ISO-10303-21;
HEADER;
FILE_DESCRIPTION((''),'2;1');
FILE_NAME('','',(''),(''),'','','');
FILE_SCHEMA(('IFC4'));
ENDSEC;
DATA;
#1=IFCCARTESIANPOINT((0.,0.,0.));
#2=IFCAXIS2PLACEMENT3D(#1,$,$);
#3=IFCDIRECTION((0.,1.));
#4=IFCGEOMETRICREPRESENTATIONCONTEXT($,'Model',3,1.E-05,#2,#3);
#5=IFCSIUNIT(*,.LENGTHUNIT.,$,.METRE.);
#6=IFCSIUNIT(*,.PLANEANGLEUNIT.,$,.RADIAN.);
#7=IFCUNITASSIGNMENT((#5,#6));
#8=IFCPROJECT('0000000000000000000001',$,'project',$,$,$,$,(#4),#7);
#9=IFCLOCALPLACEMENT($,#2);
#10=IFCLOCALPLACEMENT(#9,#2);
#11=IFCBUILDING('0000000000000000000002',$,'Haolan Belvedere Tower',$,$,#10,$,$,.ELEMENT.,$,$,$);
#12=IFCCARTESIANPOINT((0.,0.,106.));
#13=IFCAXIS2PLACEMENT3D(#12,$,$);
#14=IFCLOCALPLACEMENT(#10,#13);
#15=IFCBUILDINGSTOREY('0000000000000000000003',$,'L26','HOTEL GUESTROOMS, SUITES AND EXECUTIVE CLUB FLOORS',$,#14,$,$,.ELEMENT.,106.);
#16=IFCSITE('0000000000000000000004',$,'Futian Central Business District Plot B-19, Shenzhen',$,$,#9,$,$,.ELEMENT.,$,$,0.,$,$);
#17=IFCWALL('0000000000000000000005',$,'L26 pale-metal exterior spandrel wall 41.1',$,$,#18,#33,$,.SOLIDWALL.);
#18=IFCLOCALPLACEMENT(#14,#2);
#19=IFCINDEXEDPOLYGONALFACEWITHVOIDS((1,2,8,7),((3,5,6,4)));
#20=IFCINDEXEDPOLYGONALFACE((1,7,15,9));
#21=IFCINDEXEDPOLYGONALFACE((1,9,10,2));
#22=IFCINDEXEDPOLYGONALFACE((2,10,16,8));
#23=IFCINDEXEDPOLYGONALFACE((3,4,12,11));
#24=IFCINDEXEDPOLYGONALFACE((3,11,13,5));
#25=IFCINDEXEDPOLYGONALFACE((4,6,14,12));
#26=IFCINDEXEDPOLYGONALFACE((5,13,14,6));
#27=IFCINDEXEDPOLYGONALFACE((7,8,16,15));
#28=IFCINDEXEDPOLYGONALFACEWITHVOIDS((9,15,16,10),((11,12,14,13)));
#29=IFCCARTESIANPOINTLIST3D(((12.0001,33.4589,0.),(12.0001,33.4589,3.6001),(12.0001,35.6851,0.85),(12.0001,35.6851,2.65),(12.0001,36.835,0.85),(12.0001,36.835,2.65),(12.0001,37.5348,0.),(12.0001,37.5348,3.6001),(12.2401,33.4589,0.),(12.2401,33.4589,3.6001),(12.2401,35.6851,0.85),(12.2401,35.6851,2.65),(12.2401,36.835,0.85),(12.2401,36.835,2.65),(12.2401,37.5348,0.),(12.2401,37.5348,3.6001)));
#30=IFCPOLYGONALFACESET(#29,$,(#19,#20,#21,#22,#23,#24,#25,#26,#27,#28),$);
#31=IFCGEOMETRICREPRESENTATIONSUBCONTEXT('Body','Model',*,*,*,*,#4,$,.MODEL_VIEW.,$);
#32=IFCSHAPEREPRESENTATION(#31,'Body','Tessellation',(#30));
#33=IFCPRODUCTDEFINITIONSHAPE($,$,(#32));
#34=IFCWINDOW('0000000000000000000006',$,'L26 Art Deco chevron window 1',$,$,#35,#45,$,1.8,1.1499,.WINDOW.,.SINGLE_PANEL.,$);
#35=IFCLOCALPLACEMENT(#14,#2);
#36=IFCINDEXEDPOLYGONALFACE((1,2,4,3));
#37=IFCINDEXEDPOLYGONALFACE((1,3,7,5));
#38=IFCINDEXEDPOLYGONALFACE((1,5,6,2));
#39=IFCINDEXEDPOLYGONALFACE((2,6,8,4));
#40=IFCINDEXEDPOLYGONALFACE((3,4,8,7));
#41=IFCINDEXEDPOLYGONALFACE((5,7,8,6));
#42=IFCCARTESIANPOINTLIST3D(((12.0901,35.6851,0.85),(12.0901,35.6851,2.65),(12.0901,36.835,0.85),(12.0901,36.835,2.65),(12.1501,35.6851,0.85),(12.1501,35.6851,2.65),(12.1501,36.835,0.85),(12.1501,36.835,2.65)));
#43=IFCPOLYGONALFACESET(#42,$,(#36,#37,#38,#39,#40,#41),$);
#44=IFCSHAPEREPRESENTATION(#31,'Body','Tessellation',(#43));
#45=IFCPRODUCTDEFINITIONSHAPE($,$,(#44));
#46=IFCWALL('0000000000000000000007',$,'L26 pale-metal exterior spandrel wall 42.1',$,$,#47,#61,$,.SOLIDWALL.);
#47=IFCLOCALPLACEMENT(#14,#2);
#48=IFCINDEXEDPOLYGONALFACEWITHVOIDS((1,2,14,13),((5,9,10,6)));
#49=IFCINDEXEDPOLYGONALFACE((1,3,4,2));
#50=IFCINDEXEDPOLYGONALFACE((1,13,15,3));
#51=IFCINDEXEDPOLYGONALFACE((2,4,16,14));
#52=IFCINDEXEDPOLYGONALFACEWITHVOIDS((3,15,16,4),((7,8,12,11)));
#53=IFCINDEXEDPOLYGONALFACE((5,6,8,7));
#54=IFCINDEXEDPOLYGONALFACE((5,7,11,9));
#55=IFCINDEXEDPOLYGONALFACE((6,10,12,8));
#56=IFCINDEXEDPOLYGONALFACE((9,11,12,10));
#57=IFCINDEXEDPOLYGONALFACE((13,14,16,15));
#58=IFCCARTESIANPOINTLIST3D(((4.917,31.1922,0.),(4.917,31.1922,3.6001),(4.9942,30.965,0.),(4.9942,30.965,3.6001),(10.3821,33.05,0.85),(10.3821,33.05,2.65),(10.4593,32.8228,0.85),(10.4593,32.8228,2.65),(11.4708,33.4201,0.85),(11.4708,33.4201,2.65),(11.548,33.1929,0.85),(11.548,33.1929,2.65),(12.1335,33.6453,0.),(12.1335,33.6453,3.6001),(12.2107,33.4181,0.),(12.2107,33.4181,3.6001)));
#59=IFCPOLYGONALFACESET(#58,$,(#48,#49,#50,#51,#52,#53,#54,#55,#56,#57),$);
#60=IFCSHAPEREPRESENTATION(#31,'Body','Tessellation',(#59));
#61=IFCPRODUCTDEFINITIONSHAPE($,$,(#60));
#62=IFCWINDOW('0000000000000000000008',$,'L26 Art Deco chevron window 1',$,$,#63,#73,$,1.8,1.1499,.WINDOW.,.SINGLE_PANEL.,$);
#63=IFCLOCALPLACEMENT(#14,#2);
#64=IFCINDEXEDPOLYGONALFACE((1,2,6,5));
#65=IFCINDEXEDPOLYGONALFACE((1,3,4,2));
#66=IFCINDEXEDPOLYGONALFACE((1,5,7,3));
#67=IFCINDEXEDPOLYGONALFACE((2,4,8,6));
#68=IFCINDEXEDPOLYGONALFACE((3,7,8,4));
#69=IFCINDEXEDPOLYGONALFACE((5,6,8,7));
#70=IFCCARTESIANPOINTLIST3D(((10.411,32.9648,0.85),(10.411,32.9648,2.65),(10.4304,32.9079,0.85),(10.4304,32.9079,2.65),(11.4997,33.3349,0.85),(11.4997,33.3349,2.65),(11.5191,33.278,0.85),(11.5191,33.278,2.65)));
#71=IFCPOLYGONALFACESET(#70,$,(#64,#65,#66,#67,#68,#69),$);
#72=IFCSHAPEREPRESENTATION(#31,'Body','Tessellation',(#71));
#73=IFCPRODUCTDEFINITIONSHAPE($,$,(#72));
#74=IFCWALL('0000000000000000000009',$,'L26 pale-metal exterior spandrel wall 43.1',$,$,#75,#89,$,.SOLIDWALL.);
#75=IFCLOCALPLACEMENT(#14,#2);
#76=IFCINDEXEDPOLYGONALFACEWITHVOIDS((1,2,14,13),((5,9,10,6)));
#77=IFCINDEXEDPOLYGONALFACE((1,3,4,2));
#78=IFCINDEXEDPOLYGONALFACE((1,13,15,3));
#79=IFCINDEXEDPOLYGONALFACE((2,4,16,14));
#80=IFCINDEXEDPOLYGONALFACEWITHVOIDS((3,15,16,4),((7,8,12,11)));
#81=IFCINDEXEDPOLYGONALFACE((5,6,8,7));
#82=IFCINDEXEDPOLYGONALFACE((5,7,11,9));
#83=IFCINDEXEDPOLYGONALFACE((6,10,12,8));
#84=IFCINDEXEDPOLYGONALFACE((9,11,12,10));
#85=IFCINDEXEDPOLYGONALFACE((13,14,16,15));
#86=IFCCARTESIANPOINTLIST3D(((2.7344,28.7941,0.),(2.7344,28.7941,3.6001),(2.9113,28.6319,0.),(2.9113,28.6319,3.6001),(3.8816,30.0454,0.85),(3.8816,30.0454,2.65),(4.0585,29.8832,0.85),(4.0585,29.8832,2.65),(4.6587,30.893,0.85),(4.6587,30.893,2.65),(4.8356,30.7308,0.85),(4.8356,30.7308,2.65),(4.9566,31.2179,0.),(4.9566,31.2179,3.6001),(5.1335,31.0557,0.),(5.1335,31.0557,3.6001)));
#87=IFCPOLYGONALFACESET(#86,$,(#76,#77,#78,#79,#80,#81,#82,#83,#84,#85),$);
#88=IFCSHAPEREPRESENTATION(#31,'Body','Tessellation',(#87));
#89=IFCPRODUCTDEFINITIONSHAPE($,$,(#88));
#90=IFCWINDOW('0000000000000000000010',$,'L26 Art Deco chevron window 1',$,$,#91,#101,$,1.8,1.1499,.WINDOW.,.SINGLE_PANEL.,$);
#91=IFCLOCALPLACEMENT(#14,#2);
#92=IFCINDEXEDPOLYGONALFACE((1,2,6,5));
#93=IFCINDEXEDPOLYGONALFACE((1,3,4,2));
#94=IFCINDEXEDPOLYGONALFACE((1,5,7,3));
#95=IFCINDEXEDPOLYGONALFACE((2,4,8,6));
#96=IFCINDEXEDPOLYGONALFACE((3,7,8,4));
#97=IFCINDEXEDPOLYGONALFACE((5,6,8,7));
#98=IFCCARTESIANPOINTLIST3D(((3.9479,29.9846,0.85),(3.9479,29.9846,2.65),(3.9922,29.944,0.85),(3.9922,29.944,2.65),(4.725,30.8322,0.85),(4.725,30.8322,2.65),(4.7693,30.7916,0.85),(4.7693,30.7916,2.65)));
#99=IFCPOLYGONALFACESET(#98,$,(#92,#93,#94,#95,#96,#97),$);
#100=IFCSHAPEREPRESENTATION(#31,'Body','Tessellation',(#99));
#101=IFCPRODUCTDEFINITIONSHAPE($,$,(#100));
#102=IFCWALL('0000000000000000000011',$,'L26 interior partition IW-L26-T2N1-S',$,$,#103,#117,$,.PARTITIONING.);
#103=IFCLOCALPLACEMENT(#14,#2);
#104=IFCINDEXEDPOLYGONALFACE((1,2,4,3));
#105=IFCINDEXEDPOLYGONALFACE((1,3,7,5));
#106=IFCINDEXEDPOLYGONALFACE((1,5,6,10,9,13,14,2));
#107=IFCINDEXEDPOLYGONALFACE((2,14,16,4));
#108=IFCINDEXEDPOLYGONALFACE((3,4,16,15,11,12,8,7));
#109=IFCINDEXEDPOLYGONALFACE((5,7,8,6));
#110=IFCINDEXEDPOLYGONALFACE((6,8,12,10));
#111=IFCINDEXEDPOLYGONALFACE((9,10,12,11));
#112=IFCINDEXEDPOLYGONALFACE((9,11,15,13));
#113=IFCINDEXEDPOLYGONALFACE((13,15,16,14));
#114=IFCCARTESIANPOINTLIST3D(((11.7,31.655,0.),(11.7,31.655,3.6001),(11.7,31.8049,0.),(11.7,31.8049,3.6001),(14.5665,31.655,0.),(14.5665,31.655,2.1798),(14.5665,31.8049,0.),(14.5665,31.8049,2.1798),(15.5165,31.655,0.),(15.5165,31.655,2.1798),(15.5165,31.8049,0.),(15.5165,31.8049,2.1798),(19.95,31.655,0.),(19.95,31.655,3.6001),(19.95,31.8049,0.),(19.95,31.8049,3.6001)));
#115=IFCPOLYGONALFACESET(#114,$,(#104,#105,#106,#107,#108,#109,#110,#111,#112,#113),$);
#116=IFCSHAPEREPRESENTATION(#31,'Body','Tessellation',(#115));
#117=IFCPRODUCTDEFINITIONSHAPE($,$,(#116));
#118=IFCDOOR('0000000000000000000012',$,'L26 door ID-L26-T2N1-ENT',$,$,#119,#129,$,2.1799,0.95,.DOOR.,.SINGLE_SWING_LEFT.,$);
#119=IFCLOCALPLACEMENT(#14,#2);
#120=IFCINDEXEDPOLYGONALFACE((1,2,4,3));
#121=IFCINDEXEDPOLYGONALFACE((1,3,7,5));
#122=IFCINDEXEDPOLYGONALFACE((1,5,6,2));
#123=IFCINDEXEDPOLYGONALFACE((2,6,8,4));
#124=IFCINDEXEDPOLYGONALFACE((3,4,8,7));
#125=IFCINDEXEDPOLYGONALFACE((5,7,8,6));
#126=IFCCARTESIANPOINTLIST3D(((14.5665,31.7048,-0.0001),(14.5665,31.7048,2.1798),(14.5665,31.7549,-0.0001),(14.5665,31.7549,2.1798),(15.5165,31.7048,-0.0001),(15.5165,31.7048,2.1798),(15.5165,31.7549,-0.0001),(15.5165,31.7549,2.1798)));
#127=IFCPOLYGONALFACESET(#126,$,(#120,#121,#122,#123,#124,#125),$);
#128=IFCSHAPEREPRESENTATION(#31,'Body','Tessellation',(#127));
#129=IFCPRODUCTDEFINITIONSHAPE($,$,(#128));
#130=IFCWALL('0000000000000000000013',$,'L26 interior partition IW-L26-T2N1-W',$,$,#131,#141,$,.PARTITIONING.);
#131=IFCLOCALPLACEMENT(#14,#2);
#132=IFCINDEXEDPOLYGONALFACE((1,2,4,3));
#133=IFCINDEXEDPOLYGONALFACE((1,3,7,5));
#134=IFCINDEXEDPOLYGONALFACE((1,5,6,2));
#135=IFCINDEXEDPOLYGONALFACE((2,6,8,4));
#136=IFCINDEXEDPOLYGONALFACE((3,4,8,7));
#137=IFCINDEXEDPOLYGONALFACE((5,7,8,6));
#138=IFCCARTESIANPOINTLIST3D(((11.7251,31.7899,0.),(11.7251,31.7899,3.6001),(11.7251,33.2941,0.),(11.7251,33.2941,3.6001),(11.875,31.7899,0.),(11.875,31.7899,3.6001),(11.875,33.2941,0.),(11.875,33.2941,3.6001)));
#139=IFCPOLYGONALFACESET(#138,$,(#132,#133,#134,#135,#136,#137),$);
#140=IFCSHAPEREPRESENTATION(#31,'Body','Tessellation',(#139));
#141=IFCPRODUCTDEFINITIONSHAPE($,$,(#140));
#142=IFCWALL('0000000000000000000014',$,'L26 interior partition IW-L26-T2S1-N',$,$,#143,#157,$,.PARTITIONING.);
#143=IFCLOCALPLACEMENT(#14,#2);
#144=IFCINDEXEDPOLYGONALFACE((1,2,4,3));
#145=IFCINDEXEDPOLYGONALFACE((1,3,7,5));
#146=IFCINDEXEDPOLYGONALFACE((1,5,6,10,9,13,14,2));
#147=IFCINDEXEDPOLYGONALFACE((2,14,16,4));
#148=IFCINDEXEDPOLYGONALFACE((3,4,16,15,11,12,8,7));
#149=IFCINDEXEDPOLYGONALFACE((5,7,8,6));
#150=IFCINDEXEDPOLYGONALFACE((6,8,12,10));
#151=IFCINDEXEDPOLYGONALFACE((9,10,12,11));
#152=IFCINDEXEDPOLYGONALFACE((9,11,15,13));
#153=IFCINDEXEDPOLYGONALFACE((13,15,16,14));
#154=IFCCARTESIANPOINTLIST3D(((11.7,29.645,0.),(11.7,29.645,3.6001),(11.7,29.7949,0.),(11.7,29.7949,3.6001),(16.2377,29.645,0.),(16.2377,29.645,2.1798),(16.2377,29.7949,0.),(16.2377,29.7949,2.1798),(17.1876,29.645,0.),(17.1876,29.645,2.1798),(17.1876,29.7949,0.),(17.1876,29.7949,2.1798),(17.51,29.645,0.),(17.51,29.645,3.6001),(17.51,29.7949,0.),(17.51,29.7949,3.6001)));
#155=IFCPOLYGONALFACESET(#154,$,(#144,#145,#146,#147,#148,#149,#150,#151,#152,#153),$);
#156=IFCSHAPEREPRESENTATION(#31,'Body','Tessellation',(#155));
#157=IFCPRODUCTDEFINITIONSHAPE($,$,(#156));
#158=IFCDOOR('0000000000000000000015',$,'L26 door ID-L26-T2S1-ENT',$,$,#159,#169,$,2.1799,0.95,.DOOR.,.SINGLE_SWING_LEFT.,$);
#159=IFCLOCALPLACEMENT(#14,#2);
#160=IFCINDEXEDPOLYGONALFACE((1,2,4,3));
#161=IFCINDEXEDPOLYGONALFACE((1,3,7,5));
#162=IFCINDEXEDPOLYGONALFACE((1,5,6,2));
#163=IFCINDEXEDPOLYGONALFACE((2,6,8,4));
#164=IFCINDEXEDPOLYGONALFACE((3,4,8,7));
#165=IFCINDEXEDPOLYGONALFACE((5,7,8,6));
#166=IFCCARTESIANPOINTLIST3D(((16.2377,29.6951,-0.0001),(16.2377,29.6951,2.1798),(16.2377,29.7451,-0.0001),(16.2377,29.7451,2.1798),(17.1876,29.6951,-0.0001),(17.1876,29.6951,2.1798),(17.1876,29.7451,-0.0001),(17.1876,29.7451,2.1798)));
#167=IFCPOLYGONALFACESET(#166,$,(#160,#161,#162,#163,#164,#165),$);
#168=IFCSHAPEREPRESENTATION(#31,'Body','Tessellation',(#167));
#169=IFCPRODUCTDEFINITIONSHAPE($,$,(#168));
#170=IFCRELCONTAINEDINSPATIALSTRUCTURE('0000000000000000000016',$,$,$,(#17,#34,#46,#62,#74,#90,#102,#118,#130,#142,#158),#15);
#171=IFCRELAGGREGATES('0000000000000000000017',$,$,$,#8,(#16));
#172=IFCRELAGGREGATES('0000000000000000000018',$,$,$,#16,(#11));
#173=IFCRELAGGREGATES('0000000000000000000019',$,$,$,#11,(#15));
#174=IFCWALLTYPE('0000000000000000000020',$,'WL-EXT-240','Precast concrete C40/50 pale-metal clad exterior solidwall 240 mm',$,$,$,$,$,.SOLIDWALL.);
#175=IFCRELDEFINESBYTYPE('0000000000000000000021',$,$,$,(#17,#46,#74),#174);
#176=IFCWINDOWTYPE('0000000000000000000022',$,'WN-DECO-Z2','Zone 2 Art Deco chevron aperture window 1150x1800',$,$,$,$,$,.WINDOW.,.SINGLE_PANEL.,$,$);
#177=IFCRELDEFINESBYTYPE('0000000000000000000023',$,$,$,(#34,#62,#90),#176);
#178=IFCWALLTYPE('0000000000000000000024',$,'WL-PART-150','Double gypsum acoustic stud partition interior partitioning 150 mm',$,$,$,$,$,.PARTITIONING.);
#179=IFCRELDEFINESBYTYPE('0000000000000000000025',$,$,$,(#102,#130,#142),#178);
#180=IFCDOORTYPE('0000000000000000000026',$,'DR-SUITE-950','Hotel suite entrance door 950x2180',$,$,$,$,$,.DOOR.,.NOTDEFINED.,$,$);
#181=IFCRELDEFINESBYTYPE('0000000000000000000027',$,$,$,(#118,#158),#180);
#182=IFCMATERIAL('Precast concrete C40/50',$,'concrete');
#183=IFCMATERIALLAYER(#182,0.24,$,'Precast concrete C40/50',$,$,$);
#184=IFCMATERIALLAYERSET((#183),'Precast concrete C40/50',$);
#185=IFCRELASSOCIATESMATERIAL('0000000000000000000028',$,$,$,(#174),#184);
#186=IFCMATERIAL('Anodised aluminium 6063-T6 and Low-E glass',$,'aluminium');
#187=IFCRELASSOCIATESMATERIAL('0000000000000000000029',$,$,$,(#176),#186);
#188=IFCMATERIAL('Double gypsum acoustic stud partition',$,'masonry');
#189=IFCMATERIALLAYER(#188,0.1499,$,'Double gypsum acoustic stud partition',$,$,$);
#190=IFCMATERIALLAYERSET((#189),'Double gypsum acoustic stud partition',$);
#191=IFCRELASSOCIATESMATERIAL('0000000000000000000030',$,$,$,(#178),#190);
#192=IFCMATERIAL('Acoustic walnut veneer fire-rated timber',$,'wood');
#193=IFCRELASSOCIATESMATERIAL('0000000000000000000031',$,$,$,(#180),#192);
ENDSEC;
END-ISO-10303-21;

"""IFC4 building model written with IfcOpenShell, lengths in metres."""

from ifc_helpers import new_model, si_unit, direction, frame, frame_2d, origin, place, context, subcontext, project, spatial, rectangle, extrude, material, layer, layer_set, type_object, element, fill, save


model = new_model("IFC4")

# Units and contexts
model_context = context("Model", 3, precision=1e-05, world=origin(), true_north=direction((0.0, 1.0)))
body_context = subcontext(model_context, "Body", "Model", "MODEL_VIEW")
ifc_project = project(units=[si_unit("LENGTHUNIT", "METRE"), si_unit("PLANEANGLEUNIT", "RADIAN")], contexts=[model_context])

# Site, building, storey
site_placement = place(None, origin())
site = spatial("IfcSite", under=ifc_project, at=site_placement, Name="Futian Central Business District Plot B-19, Shenzhen", CompositionType="ELEMENT", RefElevation=0.0)
building_placement = place(site_placement, origin())
building = spatial("IfcBuilding", under=site, at=building_placement, Name="Haolan Belvedere Tower", CompositionType="ELEMENT")
storey_placement = place(building_placement, frame((0.0, 0.0, 106.0)))
storey = spatial("IfcBuildingStorey", under=building, at=storey_placement, Name="L26", Description="HOTEL GUESTROOMS, SUITES AND EXECUTIVE CLUB FLOORS", CompositionType="ELEMENT", Elevation=106.0)

# Shared definitions
ifc_material_1 = material(Name="Precast concrete C40/50", Category="concrete")
ifc_layer_1 = layer(ifc_material_1, 0.24, Name="Precast concrete C40/50")
ifc_layer_set_1 = layer_set([ifc_layer_1], Name="Precast concrete C40/50")
wall_type_1 = type_object("IfcWallType", Name="WL-EXT-240", Description="Precast concrete C40/50 pale-metal clad exterior solidwall 240 mm", PredefinedType="SOLIDWALL", material=ifc_layer_set_1)

# Shared definitions
ifc_material_2 = material(Name="Anodised aluminium 6063-T6 and Low-E glass", Category="aluminium")
window_type = type_object("IfcWindowType", Name="WN-DECO-Z2", Description="Zone 2 Art Deco chevron aperture window 1150x1800", PartitioningType="SINGLE_PANEL", PredefinedType="WINDOW", material=ifc_material_2)

# Walls, openings, windows
wall_1_placement = place(storey_placement, frame((12.1201, 37.5349, 0.0), z_axis=(0.0, 0.0, 1.0), x_axis=(0.0, -1.0, 0.0)))
wall_1 = element("IfcWall", 1, at=wall_1_placement, inside=storey, type_object=wall_type_1, Name="L26 pale-metal exterior spandrel wall 41.1", PredefinedType="SOLIDWALL", context=body_context, shape_type="SweptSolid", body=[
    extrude(rectangle(XDim=4.0759, YDim=0.24, at=frame_2d((2.0381, 0.0))), origin(), (0.0, 0.0, 1.0), 3.6001),
])
opening_1_placement = place(wall_1_placement, frame((0.7, 0.0, 0.8501)))
opening_1 = element("IfcOpeningElement", 2, at=opening_1_placement, cuts=wall_1, PredefinedType="OPENING", context=body_context, shape_type="SweptSolid", body=[
    extrude(rectangle(XDim=1.1499, YDim=1.8, at=frame_2d((0.575, 0.8999))), frame((0.0, 0.1299, 0.0), z_axis=(0.0, -1.0, 0.0), x_axis=(1.0, 0.0, 0.0)), (0.0, 0.0, 1.0), 0.26),
])
window_1_placement = place(opening_1_placement, origin())
window_1 = element("IfcWindow", 3, at=window_1_placement, inside=storey, type_object=window_type, Name="L26 Art Deco chevron window 1", OverallHeight=1.8, OverallWidth=1.1499, PartitioningType="SINGLE_PANEL", PredefinedType="WINDOW", context=body_context, shape_type="SweptSolid", body=[
    extrude(rectangle(XDim=1.1499, YDim=1.8, at=frame_2d((0.575, 0.8999))), frame((0.0, 0.03, 0.0), z_axis=(0.0, -1.0, 0.0), x_axis=(1.0, 0.0, 0.0)), (0.0, 0.0, 1.0), 0.0601),
])
fill(opening_1, window_1)
wall_2_placement = place(storey_placement, frame((12.1721, 33.5317, 0.0), z_axis=(0.0, 0.0, 1.0), x_axis=(-0.946793, -0.321844, 0.0)))
wall_2 = element("IfcWall", 4, at=wall_2_placement, inside=storey, type_object=wall_type_1, Name="L26 pale-metal exterior spandrel wall 42.1", PredefinedType="SOLIDWALL", context=body_context, shape_type="SweptSolid", body=[
    extrude(rectangle(XDim=7.6221, YDim=0.24, at=frame_2d((3.811, 0.0))), origin(), (0.0, 0.0, 1.0), 3.6001),
])
opening_2_placement = place(wall_2_placement, frame((0.7, 0.0, 0.8501)))
opening_2 = element("IfcOpeningElement", 5, at=opening_2_placement, cuts=wall_2, PredefinedType="OPENING", context=body_context, shape_type="SweptSolid", body=[
    extrude(rectangle(XDim=1.1499, YDim=1.8, at=frame_2d((0.575, 0.8999))), frame((0.0, 0.1299, 0.0), z_axis=(0.0, -1.0, 0.0), x_axis=(1.0, 0.0, 0.0)), (0.0, 0.0, 1.0), 0.26),
])
window_2_placement = place(opening_2_placement, origin())
window_2 = element("IfcWindow", 6, at=window_2_placement, inside=storey, type_object=window_type, Name="L26 Art Deco chevron window 1", OverallHeight=1.8, OverallWidth=1.1499, PartitioningType="SINGLE_PANEL", PredefinedType="WINDOW", context=body_context, shape_type="SweptSolid", body=[
    extrude(rectangle(XDim=1.1499, YDim=1.8, at=frame_2d((0.575, 0.8999))), frame((0.0, 0.03, 0.0), z_axis=(0.0, -1.0, 0.0), x_axis=(1.0, 0.0, 0.0)), (0.0, 0.0, 1.0), 0.0601),
])
fill(opening_2, window_2)
wall_3_placement = place(storey_placement, frame((5.0449, 31.1367, 0.0), z_axis=(0.0, 0.0, 1.0), x_axis=(-0.675778, -0.737105, 0.0)))
wall_3 = element("IfcWall", 7, at=wall_3_placement, inside=storey, type_object=wall_type_1, Name="L26 pale-metal exterior spandrel wall 43.1", PredefinedType="SOLIDWALL", context=body_context, shape_type="SweptSolid", body=[
    extrude(rectangle(XDim=3.2883, YDim=0.24, at=frame_2d((1.644, 0.0))), origin(), (0.0, 0.0, 1.0), 3.6001),
])
opening_3_placement = place(wall_3_placement, frame((0.4407, 0.0, 0.8501)))
opening_3 = element("IfcOpeningElement", 8, at=opening_3_placement, cuts=wall_3, PredefinedType="OPENING", context=body_context, shape_type="SweptSolid", body=[
    extrude(rectangle(XDim=1.1499, YDim=1.8, at=frame_2d((0.575, 0.8999))), frame((0.0, 0.1299, 0.0), z_axis=(0.0, -1.0, 0.0), x_axis=(1.0, 0.0, 0.0)), (0.0, 0.0, 1.0), 0.26),
])
window_3_placement = place(opening_3_placement, origin())
window_3 = element("IfcWindow", 9, at=window_3_placement, inside=storey, type_object=window_type, Name="L26 Art Deco chevron window 1", OverallHeight=1.8, OverallWidth=1.1499, PartitioningType="SINGLE_PANEL", PredefinedType="WINDOW", context=body_context, shape_type="SweptSolid", body=[
    extrude(rectangle(XDim=1.1499, YDim=1.8, at=frame_2d((0.575, 0.8999))), frame((0.0, 0.03, 0.0), z_axis=(0.0, -1.0, 0.0), x_axis=(1.0, 0.0, 0.0)), (0.0, 0.0, 1.0), 0.0601),
])
fill(opening_3, window_3)

# Wall, opening, door
ifc_material_3 = material(Name="Double gypsum acoustic stud partition", Category="masonry")
ifc_layer_2 = layer(ifc_material_3, 0.1499, Name="Double gypsum acoustic stud partition")
ifc_layer_set_2 = layer_set([ifc_layer_2], Name="Double gypsum acoustic stud partition")
wall_type_2 = type_object("IfcWallType", Name="WL-PART-150", Description="Double gypsum acoustic stud partition interior partitioning 150 mm", PredefinedType="PARTITIONING", material=ifc_layer_set_2)
wall_4_placement = place(storey_placement, frame((11.7, 31.73, 0.0), z_axis=(0.0, 0.0, 1.0), x_axis=(1.0, 0.0, 0.0)))
wall_4 = element("IfcWall", 10, at=wall_4_placement, inside=storey, type_object=wall_type_2, Name="L26 interior partition IW-L26-T2N1-S", PredefinedType="PARTITIONING", context=body_context, shape_type="SweptSolid", body=[
    extrude(rectangle(XDim=8.25, YDim=0.1499, at=frame_2d((4.125, 0.0))), origin(), (0.0, 0.0, 1.0), 3.6001),
])
opening_4_placement = place(wall_4_placement, frame((2.8665, 0.0, 0.0)))
opening_4 = element("IfcOpeningElement", 11, at=opening_4_placement, cuts=wall_4, PredefinedType="OPENING", context=body_context, shape_type="SweptSolid", body=[
    extrude(rectangle(XDim=0.95, YDim=2.1799, at=frame_2d((0.4751, 1.0898))), frame((0.0, 0.085, 0.0), z_axis=(0.0, -1.0, 0.0), x_axis=(1.0, 0.0, 0.0)), (0.0, 0.0, 1.0), 0.1699),
])
ifc_material_4 = material(Name="Acoustic walnut veneer fire-rated timber", Category="wood")
door_type_1 = type_object("IfcDoorType", Name="DR-SUITE-950", Description="Hotel suite entrance door 950x2180", OperationType="NOTDEFINED", PredefinedType="DOOR", material=ifc_material_4)
door_1_placement = place(opening_4_placement, origin())
door_1 = element("IfcDoor", 12, at=door_1_placement, inside=storey, type_object=door_type_1, Name="L26 door ID-L26-T2N1-ENT", OperationType="SINGLE_SWING_LEFT", OverallHeight=2.1799, OverallWidth=0.95, PredefinedType="DOOR", context=body_context, shape_type="SweptSolid", body=[
    extrude(rectangle(XDim=0.95, YDim=2.1799, at=frame_2d((0.4751, 1.0898))), frame((0.0, 0.0249, 0.0), z_axis=(0.0, -1.0, 0.0), x_axis=(1.0, 0.0, 0.0)), (0.0, 0.0, 1.0), 0.05),
])
fill(opening_4, door_1)

# Wall
wall_5_placement = place(storey_placement, frame((11.8, 31.79, 0.0), z_axis=(0.0, 0.0, 1.0), x_axis=(0.0, 1.0, 0.0)))
element("IfcWall", 13, at=wall_5_placement, inside=storey, type_object=wall_type_2, Name="L26 interior partition IW-L26-T2N1-W", PredefinedType="PARTITIONING", context=body_context, shape_type="SweptSolid", body=[
    extrude(rectangle(XDim=1.5042, YDim=0.1499, at=frame_2d((0.752, 0.0))), origin(), (0.0, 0.0, 1.0), 3.6001),
])

# Wall, opening, door
wall_6_placement = place(storey_placement, frame((11.7, 29.72, 0.0), z_axis=(0.0, 0.0, 1.0), x_axis=(1.0, 0.0, 0.0)))
wall_6 = element("IfcWall", 14, at=wall_6_placement, inside=storey, type_object=wall_type_2, Name="L26 interior partition IW-L26-T2S1-N", PredefinedType="PARTITIONING", context=body_context, shape_type="SweptSolid", body=[
    extrude(rectangle(XDim=5.8101, YDim=0.1499, at=frame_2d((2.905, 0.0))), origin(), (0.0, 0.0, 1.0), 3.6001),
])
opening_5_placement = place(wall_6_placement, frame((5.4878, 0.0, 0.0), z_axis=(0.0, 0.0, 1.0), x_axis=(-1.0, 0.0, 0.0)))
opening_5 = element("IfcOpeningElement", 15, at=opening_5_placement, cuts=wall_6, PredefinedType="OPENING", context=body_context, shape_type="SweptSolid", body=[
    extrude(rectangle(XDim=0.95, YDim=2.1799, at=frame_2d((0.4751, 1.0898))), frame((0.0, 0.085, 0.0), z_axis=(0.0, -1.0, 0.0), x_axis=(1.0, 0.0, 0.0)), (0.0, 0.0, 1.0), 0.1699),
])
door_2_placement = place(opening_5_placement, origin())
door_2 = element("IfcDoor", 16, at=door_2_placement, inside=storey, type_object=door_type_1, Name="L26 door ID-L26-T2S1-ENT", OperationType="SINGLE_SWING_LEFT", OverallHeight=2.1799, OverallWidth=0.95, PredefinedType="DOOR", context=body_context, shape_type="SweptSolid", body=[
    extrude(rectangle(XDim=0.95, YDim=2.1799, at=frame_2d((0.4751, 1.0898))), frame((0.0, 0.0249, 0.0), z_axis=(0.0, -1.0, 0.0), x_axis=(1.0, 0.0, 0.0)), (0.0, 0.0, 1.0), 0.05),
])
fill(opening_5, door_2)

save(model, "model.ifc")
